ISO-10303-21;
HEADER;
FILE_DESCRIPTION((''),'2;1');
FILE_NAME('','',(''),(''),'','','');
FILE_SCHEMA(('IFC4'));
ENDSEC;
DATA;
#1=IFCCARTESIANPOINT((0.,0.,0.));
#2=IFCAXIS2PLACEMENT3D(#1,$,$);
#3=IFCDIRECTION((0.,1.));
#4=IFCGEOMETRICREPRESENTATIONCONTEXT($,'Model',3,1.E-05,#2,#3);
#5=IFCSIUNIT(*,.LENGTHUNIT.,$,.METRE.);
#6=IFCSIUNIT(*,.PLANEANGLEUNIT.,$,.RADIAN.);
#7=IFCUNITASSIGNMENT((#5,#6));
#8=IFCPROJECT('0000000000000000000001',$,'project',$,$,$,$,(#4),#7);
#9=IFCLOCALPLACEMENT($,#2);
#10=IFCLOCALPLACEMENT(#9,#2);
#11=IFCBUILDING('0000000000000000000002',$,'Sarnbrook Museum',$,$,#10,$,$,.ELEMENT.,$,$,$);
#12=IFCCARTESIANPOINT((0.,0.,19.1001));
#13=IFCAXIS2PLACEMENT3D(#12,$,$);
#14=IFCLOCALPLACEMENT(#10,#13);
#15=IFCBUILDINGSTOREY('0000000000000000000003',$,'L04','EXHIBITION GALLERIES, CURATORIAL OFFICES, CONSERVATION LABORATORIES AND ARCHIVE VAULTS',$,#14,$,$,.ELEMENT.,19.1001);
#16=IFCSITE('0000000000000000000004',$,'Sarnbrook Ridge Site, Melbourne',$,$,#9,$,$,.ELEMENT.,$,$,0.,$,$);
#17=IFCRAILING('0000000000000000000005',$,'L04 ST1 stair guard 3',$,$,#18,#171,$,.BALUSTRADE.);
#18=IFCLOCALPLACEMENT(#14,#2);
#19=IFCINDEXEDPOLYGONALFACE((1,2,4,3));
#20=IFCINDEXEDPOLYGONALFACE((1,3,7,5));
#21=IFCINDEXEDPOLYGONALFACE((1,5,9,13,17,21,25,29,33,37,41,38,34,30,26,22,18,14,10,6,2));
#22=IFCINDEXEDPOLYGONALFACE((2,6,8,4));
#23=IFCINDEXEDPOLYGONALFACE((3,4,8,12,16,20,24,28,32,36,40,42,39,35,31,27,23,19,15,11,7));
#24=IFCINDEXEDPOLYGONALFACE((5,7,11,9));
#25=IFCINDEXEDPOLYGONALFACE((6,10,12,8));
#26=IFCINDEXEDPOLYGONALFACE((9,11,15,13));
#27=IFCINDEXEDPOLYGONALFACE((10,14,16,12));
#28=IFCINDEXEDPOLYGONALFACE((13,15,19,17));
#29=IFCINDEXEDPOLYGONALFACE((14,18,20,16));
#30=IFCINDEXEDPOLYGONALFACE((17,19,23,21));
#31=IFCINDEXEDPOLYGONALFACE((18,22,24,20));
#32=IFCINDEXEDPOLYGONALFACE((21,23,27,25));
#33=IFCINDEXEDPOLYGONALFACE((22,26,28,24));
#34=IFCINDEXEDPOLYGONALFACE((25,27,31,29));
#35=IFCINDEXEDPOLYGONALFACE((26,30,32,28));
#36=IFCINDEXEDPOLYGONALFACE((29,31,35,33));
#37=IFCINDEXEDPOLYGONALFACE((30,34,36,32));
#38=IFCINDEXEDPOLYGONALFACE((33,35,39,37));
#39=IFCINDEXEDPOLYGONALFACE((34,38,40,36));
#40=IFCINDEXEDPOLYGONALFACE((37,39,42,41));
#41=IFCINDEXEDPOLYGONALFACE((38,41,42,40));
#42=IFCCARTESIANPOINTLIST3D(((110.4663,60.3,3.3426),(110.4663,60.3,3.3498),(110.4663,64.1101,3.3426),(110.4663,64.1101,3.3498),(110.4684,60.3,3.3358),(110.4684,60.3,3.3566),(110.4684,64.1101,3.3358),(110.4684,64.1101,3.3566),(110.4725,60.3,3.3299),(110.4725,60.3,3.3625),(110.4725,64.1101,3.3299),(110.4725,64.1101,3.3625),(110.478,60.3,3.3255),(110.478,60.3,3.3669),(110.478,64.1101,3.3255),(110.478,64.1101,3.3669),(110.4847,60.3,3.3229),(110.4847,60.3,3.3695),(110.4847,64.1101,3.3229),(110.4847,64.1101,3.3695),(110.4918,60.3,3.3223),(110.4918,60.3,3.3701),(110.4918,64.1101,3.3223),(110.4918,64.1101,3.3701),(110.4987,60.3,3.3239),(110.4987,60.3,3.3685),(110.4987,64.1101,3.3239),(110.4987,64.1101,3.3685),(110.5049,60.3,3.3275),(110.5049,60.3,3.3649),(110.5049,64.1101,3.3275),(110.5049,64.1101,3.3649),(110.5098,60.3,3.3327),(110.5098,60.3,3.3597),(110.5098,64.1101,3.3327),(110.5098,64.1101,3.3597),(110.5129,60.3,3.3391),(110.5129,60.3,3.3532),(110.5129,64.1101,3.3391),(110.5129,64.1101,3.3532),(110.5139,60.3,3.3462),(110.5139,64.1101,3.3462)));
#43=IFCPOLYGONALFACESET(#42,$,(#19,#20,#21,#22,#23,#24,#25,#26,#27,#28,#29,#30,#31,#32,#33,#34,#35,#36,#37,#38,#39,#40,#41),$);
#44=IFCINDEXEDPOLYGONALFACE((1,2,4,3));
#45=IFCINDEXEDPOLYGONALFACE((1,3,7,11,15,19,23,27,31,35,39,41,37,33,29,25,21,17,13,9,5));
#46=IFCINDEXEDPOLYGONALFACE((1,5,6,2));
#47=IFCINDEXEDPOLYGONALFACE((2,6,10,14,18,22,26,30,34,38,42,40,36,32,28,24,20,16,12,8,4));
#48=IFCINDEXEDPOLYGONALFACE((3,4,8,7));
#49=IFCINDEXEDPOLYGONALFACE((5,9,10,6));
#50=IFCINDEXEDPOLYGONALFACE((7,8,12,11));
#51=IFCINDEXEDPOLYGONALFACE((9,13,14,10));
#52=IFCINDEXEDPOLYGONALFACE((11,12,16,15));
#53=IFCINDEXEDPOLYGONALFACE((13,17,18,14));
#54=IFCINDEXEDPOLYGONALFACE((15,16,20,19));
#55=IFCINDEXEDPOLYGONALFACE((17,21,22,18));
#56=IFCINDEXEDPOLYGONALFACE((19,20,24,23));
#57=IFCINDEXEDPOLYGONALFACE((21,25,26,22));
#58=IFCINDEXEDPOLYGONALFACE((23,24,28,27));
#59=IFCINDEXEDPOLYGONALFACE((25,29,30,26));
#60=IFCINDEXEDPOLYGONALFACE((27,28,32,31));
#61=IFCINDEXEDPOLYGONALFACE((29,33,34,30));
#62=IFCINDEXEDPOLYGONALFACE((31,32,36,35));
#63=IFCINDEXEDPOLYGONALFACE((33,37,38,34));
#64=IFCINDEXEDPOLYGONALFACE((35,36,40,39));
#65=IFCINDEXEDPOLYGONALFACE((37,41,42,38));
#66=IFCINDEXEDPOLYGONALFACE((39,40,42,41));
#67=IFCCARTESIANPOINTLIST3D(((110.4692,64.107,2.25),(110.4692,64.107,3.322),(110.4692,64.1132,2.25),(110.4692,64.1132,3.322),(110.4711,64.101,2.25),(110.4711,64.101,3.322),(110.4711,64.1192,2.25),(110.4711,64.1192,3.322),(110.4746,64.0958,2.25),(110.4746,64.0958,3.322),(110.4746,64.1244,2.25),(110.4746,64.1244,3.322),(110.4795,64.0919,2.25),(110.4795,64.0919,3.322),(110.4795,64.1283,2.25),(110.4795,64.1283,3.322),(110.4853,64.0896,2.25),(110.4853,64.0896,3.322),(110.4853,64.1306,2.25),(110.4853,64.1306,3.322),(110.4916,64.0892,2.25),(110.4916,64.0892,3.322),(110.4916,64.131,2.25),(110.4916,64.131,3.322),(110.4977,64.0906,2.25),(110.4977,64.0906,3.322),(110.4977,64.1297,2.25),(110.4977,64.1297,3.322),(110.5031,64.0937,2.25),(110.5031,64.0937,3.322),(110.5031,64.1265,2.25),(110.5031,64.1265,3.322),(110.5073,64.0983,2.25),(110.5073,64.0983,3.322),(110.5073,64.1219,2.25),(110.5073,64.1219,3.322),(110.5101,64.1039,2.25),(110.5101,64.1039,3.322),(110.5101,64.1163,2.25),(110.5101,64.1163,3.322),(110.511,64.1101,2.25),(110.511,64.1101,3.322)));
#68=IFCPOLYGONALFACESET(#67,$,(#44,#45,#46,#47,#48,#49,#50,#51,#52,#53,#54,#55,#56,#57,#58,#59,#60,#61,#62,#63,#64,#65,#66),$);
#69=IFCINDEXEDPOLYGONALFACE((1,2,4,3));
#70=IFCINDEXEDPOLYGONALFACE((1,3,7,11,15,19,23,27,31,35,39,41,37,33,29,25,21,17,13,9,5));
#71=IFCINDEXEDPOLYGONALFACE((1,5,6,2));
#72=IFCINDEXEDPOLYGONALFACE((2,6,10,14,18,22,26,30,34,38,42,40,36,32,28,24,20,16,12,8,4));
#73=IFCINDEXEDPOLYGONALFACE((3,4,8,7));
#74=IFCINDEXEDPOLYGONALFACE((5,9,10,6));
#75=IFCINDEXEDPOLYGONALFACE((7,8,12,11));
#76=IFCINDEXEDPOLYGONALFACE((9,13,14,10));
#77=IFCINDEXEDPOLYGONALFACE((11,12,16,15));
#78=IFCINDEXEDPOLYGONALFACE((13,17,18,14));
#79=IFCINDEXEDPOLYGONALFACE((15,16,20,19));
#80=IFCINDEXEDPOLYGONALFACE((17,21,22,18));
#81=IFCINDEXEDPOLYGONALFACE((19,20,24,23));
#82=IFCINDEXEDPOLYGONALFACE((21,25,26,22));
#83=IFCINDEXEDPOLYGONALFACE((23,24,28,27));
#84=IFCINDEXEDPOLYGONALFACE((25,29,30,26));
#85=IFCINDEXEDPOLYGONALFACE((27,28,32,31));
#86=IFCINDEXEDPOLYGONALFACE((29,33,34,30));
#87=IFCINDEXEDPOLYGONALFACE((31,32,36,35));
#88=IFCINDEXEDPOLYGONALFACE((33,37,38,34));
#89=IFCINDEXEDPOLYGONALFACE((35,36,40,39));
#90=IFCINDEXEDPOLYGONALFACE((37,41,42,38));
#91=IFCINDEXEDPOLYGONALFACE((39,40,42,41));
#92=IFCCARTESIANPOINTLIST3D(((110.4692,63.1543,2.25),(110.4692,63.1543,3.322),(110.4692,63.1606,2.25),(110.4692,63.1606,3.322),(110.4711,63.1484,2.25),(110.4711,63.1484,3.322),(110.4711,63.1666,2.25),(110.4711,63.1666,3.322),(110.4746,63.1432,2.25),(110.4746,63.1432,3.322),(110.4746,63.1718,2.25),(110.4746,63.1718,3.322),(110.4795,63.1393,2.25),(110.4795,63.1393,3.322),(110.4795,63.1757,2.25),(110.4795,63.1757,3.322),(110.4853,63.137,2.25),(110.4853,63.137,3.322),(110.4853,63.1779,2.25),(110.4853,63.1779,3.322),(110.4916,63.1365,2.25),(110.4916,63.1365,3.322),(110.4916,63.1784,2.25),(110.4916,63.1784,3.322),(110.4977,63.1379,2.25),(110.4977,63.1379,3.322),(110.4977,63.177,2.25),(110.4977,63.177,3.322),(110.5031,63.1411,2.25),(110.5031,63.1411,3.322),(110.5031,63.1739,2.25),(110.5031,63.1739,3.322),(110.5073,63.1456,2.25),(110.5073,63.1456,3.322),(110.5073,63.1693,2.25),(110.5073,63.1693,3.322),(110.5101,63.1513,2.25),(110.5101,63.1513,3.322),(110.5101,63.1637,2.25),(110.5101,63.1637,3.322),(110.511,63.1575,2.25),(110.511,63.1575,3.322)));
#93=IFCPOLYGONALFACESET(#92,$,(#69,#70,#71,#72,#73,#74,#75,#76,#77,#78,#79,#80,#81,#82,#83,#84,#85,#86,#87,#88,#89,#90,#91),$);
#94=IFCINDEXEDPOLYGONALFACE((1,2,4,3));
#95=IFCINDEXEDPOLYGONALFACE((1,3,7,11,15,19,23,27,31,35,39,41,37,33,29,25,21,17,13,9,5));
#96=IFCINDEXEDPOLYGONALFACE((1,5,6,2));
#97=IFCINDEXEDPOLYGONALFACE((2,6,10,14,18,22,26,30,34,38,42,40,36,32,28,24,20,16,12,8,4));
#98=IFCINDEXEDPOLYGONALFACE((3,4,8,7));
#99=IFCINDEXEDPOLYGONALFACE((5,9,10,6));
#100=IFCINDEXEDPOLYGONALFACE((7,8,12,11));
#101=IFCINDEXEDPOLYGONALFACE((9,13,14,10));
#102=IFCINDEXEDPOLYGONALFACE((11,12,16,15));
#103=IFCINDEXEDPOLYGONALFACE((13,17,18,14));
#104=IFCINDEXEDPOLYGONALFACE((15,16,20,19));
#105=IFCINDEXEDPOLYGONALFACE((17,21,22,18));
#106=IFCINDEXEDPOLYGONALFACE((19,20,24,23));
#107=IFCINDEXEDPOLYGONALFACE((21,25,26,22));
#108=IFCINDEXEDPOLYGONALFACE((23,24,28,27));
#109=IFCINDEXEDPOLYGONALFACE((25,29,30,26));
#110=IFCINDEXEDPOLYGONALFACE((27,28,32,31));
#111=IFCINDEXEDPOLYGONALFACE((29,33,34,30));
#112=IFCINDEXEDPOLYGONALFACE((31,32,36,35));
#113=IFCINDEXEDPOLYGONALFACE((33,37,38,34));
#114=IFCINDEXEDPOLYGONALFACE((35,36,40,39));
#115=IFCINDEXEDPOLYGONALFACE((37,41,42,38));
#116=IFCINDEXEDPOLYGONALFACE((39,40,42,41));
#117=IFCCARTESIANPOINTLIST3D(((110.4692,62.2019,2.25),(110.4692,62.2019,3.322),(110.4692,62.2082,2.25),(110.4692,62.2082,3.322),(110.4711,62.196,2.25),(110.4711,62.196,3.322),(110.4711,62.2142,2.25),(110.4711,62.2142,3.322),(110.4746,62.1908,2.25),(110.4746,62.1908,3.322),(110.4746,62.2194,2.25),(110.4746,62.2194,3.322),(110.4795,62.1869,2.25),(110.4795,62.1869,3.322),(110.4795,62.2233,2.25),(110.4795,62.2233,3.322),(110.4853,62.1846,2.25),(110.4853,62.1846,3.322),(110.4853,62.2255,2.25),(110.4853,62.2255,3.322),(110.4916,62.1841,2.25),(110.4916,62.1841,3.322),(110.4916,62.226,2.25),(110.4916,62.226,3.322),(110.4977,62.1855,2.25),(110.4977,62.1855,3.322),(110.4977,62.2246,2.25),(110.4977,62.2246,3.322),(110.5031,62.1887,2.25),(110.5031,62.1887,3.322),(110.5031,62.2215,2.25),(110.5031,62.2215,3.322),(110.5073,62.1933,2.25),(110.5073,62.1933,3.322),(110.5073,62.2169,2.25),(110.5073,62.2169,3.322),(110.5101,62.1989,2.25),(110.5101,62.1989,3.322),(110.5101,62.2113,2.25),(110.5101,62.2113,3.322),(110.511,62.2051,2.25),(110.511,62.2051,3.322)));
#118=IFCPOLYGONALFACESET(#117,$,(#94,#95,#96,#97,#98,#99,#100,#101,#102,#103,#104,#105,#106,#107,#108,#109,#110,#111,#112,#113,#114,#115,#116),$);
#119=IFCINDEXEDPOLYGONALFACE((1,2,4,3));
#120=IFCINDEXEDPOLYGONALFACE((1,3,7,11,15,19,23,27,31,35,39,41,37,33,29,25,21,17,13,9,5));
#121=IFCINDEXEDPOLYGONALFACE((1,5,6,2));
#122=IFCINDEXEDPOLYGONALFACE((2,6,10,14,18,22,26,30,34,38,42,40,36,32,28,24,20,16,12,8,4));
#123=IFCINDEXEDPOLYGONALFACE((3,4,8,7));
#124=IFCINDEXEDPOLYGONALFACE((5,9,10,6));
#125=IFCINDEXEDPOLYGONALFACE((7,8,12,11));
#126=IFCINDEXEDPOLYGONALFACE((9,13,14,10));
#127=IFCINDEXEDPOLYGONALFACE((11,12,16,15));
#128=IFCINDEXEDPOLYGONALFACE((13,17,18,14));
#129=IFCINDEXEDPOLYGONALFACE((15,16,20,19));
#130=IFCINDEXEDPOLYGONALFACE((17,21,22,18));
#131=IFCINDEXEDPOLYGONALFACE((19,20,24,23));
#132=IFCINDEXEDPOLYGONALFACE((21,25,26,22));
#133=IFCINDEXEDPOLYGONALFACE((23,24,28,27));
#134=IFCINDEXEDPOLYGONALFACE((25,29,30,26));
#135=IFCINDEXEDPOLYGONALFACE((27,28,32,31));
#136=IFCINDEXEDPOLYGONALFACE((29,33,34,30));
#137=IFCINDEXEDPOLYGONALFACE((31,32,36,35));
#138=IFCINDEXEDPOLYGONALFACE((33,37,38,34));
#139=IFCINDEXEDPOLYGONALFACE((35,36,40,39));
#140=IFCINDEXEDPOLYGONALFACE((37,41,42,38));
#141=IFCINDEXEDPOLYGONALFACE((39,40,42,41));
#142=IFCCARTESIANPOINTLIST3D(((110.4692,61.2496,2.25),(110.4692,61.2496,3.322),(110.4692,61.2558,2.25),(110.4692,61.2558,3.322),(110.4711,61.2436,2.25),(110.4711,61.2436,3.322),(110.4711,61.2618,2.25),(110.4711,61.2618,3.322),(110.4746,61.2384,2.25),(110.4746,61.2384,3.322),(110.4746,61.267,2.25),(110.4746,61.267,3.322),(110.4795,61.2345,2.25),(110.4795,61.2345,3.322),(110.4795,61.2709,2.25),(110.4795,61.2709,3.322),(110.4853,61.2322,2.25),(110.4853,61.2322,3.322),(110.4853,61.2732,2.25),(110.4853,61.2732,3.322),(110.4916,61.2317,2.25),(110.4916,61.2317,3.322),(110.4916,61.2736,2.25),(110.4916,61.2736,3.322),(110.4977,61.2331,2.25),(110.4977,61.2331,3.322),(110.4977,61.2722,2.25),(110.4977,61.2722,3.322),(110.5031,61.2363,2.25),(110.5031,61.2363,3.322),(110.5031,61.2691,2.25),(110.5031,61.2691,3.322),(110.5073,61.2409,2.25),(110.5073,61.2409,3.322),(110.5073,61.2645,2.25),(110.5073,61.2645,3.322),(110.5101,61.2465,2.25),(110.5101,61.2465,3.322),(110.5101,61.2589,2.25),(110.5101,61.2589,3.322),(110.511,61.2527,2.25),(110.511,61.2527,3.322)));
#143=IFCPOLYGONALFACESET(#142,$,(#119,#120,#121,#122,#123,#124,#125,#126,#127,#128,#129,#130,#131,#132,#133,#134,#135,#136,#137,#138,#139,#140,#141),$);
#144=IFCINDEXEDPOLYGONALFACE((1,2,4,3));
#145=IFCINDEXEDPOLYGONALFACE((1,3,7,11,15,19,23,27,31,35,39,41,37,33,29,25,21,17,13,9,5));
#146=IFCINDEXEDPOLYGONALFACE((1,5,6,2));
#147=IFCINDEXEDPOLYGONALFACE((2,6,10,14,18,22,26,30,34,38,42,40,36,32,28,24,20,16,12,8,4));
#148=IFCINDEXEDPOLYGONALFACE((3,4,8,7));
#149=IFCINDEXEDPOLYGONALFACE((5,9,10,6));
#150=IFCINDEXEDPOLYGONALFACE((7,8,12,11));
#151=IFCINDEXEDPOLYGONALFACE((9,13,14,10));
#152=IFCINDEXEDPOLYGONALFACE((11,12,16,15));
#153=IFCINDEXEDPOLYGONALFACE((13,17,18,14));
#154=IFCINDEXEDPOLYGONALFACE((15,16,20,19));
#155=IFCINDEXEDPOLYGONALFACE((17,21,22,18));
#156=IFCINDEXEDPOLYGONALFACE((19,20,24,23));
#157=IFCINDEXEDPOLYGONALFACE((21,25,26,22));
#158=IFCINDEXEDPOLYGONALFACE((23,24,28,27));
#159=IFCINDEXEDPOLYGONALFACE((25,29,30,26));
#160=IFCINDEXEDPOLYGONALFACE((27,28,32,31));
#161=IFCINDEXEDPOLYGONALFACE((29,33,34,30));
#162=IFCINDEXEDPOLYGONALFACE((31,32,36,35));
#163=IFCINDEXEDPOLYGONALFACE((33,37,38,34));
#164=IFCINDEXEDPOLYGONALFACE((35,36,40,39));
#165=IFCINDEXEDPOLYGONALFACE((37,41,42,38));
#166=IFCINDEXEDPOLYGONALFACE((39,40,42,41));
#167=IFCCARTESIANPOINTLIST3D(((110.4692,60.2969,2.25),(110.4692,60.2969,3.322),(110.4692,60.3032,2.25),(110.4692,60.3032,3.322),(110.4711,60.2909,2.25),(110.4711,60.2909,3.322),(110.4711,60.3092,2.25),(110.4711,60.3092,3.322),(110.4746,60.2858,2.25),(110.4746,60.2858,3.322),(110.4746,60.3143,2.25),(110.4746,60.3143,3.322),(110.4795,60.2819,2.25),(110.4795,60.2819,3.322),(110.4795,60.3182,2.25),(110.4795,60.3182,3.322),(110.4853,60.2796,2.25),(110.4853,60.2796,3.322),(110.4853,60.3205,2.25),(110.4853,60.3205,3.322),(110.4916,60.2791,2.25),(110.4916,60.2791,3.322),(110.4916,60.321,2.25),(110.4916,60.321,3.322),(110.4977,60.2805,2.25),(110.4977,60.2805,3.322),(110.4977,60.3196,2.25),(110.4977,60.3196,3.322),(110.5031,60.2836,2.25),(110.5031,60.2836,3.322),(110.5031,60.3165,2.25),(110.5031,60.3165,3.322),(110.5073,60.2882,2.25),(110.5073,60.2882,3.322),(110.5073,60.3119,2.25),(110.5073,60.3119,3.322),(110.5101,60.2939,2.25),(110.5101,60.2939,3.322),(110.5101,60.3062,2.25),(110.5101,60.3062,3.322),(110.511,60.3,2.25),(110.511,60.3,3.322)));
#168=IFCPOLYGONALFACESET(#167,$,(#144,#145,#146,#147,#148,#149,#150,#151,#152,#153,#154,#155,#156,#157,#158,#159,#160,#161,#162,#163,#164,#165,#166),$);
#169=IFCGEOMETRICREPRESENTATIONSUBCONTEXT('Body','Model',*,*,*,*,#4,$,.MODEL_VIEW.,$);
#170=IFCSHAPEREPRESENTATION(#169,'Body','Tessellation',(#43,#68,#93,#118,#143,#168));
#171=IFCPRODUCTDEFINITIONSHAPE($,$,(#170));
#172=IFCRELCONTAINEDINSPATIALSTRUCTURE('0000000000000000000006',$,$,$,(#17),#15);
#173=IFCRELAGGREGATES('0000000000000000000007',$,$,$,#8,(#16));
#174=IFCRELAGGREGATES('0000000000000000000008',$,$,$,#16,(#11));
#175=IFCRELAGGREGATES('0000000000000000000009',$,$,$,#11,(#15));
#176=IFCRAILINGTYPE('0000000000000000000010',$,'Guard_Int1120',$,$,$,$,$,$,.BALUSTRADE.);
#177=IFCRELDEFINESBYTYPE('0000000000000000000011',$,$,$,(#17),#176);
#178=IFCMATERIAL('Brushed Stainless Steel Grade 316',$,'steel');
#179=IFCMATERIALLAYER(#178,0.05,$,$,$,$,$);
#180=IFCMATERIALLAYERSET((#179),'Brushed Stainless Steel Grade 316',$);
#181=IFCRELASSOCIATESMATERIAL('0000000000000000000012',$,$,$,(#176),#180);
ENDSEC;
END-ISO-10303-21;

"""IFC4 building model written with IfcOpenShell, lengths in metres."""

from ifc_helpers import new_model, si_unit, direction, frame, origin, origin_2d, place, context, subcontext, project, spatial, circle, extrude, material, layer, layer_set, type_object, element, save


model = new_model("IFC4")

# Units and contexts
model_context = context("Model", 3, precision=1e-05, world=origin(), true_north=direction((0.0, 1.0)))
body_context = subcontext(model_context, "Body", "Model", "MODEL_VIEW")
ifc_project = project(units=[si_unit("LENGTHUNIT", "METRE"), si_unit("PLANEANGLEUNIT", "RADIAN")], contexts=[model_context])

# Site, building, storey
site_placement = place(None, origin())
site = spatial("IfcSite", under=ifc_project, at=site_placement, Name="Sarnbrook Ridge Site, Melbourne", CompositionType="ELEMENT", RefElevation=0.0)
building_placement = place(site_placement, origin())
building = spatial("IfcBuilding", under=site, at=building_placement, Name="Sarnbrook Museum", CompositionType="ELEMENT")
storey_placement = place(building_placement, frame((0.0, 0.0, 19.1001)))
storey = spatial("IfcBuildingStorey", under=building, at=storey_placement, Name="L04", Description="EXHIBITION GALLERIES, CURATORIAL OFFICES, CONSERVATION LABORATORIES AND ARCHIVE VAULTS", CompositionType="ELEMENT", Elevation=19.1001)

# Railing
ifc_material_1 = material(Name="Brushed Stainless Steel Grade 316", Category="steel")
ifc_layer_1 = layer(ifc_material_1, 0.05)
ifc_layer_set_1 = layer_set([ifc_layer_1], Name="Brushed Stainless Steel Grade 316")
railing_type_1 = type_object("IfcRailingType", Name="Guard_Int1120", PredefinedType="BALUSTRADE", material=ifc_layer_set_1)
railing_1_placement = place(storey_placement, frame((110.49, 64.1101, 2.25)))
element("IfcRailing", 1, at=railing_1_placement, inside=storey, type_object=railing_type_1, Name="L04 ST1 stair guard 3", PredefinedType="BALUSTRADE", context=body_context, shape_type="SweptSolid", body=[
    extrude(circle(Radius=0.0239, at=origin_2d()), frame((0.0, 0.0, 1.0962), z_axis=(0.0, -1.0, 0.0), x_axis=(1.0, 0.0, 0.0)), (0.0, 0.0, 1.0), 3.8101),
    extrude(circle(Radius=0.021, at=origin_2d()), origin(), (0.0, 0.0, 1.0), 1.072),
    extrude(circle(Radius=0.021, at=origin_2d()), frame((0.0, -0.9526, 0.0)), (0.0, 0.0, 1.0), 1.072),
    extrude(circle(Radius=0.021, at=origin_2d()), frame((0.0, -1.905, 0.0)), (0.0, 0.0, 1.0), 1.072),
    extrude(circle(Radius=0.021, at=origin_2d()), frame((0.0, -2.8574, 0.0)), (0.0, 0.0, 1.0), 1.072),
    extrude(circle(Radius=0.021, at=origin_2d()), frame((0.0, -3.8101, 0.0)), (0.0, 0.0, 1.0), 1.072),
])

save(model, "model.ifc")
